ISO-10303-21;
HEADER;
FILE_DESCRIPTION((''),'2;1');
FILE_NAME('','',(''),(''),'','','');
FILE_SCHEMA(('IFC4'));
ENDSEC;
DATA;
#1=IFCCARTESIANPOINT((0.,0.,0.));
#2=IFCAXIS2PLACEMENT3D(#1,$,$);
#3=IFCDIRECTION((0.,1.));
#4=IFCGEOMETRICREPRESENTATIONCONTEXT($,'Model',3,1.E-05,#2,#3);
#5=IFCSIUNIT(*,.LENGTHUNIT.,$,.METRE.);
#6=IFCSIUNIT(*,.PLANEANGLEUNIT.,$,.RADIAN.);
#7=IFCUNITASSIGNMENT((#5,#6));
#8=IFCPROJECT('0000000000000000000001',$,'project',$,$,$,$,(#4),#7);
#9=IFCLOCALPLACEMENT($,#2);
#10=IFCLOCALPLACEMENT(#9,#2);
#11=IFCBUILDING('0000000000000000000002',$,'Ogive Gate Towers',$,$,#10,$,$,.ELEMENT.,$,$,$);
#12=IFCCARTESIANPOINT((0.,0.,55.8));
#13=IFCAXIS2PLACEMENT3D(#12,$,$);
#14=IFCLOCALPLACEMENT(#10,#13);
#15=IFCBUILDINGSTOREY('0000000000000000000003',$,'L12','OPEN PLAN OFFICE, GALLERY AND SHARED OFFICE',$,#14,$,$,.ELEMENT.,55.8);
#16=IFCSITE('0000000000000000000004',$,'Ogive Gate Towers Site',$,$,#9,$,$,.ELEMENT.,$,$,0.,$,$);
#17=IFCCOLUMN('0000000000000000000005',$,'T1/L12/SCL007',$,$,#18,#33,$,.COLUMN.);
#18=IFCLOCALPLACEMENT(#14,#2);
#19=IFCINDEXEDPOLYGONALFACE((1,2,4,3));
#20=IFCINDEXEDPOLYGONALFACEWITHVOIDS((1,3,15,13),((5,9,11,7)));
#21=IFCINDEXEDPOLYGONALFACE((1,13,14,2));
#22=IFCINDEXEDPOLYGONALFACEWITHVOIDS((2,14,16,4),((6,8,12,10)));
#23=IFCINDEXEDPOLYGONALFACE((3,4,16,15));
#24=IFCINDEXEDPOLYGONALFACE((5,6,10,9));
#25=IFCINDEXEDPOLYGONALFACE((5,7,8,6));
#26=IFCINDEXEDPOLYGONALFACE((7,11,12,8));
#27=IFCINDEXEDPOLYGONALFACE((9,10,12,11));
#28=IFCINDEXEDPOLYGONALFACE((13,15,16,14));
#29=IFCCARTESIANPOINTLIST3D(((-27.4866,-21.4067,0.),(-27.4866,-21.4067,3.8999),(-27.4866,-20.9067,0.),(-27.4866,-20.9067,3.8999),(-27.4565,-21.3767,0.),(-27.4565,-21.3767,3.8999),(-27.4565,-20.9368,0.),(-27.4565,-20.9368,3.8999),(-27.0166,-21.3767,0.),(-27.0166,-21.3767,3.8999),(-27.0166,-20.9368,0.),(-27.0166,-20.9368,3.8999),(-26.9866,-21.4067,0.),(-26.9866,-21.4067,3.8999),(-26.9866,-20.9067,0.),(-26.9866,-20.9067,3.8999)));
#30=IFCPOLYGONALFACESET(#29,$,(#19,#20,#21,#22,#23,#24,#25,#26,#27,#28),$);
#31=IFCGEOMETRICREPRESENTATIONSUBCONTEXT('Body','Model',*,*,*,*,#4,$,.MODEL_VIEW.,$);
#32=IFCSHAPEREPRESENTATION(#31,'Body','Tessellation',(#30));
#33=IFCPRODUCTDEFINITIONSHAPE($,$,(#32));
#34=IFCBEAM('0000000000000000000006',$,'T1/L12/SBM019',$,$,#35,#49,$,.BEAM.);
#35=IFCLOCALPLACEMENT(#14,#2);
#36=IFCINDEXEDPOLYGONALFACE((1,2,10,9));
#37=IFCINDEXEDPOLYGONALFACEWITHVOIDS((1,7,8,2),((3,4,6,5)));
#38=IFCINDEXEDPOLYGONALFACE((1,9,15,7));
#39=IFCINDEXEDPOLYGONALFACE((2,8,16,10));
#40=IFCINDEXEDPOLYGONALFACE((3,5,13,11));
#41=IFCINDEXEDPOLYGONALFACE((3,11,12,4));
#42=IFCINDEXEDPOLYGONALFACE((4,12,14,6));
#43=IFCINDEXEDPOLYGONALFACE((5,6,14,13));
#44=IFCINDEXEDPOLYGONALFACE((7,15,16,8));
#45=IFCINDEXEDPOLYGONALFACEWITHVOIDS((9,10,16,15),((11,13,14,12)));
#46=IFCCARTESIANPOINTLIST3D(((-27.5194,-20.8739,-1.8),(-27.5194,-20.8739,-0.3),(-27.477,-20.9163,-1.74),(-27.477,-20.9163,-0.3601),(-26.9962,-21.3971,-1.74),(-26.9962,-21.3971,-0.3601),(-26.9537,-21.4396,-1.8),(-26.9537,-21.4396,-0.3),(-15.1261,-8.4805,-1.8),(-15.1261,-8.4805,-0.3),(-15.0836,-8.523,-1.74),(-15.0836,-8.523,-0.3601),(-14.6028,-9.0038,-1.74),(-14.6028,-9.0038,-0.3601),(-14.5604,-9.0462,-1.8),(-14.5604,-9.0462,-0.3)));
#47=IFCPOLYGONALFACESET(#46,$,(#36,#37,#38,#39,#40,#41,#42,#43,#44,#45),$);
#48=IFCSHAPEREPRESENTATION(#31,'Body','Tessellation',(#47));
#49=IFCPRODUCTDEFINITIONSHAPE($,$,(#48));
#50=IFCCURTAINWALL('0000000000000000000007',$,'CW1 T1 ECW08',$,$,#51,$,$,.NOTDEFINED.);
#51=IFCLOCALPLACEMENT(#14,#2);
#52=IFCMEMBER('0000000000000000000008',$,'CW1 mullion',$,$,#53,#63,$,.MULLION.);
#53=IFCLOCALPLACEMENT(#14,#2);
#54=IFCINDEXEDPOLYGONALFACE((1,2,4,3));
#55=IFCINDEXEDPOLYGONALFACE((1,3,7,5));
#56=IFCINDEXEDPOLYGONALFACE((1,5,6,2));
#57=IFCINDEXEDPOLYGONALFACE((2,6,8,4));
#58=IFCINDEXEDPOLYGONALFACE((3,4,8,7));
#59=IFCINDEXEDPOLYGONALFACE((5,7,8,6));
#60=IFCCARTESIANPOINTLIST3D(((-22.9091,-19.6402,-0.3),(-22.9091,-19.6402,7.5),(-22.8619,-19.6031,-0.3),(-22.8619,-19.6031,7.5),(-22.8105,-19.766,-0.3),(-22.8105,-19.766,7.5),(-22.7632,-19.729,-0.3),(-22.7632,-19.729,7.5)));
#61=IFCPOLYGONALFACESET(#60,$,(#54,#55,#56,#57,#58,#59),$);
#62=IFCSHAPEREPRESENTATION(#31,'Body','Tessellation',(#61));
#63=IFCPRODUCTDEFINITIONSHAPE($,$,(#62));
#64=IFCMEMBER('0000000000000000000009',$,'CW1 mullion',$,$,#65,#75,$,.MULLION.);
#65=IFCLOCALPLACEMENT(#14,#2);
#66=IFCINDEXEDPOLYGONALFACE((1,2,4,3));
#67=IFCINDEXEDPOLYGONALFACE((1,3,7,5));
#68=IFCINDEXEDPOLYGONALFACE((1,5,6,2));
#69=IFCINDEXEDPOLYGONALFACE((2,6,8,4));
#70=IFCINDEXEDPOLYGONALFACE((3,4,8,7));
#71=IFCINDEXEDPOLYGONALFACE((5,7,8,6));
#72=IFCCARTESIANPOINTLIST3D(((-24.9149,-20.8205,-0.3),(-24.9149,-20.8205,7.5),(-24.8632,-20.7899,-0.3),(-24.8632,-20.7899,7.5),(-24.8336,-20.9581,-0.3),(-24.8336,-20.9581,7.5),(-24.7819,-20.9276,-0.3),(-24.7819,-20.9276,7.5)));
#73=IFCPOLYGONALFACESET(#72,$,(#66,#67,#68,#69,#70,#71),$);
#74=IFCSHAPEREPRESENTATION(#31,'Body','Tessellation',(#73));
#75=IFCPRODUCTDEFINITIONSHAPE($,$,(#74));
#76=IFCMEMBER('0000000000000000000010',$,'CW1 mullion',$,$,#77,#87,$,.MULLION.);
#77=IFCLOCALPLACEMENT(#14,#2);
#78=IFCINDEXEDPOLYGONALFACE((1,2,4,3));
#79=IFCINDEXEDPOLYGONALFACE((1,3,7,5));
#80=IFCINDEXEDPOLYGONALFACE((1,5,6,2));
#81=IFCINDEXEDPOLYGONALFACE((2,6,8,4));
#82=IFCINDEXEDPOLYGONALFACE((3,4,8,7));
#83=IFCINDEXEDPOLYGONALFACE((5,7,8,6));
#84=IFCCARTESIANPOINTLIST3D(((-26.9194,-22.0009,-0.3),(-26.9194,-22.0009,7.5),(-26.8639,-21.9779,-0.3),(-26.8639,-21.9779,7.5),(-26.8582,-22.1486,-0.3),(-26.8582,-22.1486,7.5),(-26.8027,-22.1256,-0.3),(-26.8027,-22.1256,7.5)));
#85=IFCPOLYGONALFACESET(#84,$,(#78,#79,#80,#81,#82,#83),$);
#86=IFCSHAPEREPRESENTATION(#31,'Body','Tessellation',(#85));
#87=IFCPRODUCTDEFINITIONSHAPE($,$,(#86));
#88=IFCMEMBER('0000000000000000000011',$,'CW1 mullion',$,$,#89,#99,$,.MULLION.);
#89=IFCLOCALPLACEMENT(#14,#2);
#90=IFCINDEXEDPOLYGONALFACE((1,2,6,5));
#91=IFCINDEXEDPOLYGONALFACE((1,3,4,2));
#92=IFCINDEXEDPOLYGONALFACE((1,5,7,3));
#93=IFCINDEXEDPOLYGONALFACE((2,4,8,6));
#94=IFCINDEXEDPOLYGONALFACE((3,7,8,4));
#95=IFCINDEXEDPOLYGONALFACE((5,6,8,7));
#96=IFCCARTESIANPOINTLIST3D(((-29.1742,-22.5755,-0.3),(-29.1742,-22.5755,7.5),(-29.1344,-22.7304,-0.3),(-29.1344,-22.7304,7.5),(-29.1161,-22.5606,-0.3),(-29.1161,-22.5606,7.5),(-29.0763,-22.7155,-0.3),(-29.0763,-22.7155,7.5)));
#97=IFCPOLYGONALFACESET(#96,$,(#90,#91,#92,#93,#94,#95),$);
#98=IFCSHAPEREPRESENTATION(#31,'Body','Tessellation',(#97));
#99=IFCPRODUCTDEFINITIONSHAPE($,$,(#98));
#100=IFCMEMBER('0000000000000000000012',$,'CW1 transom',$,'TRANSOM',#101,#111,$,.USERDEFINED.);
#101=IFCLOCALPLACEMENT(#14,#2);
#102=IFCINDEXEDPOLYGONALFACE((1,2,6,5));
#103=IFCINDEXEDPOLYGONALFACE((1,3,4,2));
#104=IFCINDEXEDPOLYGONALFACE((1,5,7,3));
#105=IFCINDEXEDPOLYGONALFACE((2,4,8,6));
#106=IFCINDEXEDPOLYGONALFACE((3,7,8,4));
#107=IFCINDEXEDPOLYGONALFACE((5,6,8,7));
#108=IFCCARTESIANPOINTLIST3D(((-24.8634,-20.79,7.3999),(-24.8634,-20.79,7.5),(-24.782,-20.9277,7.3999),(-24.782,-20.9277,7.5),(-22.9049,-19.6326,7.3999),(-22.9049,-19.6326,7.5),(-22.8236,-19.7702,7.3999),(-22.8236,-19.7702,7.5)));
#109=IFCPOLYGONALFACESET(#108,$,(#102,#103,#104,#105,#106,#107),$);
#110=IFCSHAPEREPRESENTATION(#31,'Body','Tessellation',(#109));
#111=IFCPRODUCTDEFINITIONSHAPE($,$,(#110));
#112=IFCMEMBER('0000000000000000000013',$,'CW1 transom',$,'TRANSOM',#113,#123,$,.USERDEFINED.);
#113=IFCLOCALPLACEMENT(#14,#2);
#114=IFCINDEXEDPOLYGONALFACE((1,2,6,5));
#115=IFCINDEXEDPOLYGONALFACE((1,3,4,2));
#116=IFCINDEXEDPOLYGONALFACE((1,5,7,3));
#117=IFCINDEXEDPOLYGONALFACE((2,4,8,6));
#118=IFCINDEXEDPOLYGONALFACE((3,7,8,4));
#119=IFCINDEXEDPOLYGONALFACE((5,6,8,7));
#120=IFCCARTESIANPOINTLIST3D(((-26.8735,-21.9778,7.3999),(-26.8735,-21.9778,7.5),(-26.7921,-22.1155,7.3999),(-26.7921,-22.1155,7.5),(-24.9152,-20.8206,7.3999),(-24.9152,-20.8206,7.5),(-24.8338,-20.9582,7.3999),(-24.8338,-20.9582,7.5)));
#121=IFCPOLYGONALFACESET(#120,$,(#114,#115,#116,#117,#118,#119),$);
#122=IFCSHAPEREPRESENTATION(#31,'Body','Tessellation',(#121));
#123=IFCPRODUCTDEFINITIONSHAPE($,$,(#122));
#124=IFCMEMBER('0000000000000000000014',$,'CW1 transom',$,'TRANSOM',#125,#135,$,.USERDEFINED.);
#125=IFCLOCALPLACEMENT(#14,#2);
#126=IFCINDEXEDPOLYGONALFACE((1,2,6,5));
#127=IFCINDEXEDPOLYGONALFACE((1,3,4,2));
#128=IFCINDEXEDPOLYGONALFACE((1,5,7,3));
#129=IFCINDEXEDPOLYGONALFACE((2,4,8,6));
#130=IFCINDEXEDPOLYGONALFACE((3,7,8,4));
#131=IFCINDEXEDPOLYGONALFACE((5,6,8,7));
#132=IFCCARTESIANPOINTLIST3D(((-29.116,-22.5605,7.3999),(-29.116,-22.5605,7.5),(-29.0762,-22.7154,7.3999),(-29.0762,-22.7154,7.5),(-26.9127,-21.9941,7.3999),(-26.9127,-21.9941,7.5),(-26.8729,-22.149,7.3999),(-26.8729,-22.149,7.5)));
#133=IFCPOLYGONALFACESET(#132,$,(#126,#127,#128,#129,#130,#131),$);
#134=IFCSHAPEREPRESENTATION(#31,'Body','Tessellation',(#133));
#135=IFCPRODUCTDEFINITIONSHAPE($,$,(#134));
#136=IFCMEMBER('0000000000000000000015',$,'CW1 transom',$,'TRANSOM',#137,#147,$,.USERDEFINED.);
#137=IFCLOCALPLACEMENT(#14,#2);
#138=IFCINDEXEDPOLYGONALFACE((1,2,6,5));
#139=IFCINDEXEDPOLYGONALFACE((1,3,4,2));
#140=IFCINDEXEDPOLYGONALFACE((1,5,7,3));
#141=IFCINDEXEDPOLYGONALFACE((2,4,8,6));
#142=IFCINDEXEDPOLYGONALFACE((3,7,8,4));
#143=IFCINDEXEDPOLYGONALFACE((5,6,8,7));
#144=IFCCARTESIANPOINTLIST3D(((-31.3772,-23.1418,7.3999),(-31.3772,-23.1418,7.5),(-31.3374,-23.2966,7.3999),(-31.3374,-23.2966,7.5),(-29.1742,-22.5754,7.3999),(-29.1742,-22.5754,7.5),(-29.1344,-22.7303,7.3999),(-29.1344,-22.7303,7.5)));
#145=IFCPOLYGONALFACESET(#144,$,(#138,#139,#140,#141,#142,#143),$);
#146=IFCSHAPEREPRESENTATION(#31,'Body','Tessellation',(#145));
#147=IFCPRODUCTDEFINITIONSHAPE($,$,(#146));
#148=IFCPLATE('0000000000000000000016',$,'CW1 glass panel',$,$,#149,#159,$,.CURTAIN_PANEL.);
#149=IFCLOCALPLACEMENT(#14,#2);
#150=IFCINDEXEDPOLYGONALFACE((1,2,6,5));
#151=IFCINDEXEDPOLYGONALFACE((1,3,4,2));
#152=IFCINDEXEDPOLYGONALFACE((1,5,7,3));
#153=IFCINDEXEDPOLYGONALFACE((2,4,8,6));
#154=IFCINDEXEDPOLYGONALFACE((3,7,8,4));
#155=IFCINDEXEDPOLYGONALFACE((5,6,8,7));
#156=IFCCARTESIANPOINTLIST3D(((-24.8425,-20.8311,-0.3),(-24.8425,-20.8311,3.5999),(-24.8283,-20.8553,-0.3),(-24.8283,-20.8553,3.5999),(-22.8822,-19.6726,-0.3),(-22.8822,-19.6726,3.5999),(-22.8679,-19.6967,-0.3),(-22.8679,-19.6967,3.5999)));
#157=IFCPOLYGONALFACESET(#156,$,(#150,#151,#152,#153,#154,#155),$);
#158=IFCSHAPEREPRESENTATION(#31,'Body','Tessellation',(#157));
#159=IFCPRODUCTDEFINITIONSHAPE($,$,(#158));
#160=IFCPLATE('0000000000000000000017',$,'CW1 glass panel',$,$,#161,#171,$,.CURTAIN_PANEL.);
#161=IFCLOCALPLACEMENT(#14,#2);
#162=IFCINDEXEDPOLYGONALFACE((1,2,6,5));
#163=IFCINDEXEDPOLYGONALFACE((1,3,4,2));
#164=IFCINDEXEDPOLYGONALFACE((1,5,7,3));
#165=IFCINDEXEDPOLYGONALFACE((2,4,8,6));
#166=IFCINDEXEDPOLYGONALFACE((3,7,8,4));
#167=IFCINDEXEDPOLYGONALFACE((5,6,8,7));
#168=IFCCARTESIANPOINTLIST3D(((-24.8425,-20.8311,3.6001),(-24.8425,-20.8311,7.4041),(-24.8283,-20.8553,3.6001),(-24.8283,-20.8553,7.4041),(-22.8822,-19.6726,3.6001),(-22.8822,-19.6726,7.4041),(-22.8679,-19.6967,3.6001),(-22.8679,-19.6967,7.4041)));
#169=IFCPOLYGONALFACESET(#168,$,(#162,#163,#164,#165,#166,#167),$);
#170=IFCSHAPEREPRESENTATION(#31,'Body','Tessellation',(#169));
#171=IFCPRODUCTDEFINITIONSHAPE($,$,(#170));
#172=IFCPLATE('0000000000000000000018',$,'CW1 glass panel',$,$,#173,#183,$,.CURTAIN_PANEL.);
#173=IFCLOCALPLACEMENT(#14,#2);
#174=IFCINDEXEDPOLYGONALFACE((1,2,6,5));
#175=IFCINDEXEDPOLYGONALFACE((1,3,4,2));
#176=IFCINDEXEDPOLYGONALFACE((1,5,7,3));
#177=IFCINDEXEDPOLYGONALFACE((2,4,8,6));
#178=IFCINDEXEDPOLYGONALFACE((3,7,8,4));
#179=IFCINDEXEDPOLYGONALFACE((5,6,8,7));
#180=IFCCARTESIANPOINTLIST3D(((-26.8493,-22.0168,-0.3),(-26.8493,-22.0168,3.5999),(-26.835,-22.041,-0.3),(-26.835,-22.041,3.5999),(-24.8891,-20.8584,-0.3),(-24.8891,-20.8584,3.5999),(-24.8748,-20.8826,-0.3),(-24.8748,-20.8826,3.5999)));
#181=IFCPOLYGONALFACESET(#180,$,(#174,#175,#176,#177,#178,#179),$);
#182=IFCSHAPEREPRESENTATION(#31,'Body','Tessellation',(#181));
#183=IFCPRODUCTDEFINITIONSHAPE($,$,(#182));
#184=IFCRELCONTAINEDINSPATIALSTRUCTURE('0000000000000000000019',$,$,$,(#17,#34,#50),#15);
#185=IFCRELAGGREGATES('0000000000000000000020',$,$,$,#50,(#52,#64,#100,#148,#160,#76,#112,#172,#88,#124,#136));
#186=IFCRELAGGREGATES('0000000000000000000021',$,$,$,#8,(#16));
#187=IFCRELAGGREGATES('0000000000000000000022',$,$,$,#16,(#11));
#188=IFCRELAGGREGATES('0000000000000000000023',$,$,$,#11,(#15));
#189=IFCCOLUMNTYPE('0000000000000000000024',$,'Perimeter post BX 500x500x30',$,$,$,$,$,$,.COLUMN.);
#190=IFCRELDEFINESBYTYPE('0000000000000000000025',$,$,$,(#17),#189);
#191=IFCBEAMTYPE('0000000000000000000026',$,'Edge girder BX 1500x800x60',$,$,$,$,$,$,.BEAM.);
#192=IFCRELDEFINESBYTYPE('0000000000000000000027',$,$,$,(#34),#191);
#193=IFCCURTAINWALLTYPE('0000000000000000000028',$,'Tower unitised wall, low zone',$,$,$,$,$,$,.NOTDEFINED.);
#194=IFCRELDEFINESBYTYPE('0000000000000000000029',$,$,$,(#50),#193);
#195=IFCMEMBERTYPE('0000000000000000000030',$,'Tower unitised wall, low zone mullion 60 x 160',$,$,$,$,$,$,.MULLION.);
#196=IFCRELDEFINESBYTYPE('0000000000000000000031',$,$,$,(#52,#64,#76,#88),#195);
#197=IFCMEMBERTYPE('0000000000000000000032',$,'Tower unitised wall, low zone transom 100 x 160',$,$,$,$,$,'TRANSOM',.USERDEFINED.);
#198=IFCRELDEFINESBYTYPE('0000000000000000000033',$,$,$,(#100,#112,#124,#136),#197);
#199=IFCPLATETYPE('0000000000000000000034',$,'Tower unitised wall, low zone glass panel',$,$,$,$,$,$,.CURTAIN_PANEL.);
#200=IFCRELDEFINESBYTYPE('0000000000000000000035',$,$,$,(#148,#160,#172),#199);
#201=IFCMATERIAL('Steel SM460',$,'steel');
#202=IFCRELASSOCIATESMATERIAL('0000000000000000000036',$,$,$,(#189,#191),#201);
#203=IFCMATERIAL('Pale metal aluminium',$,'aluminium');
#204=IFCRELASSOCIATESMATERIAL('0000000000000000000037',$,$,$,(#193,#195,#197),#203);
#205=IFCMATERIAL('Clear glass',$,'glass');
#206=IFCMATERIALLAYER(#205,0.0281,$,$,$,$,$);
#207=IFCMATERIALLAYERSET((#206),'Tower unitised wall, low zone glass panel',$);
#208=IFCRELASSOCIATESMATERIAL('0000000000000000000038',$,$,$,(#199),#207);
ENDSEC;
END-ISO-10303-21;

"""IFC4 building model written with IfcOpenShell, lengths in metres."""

from ifc_helpers import new_model, si_unit, direction, frame, origin, origin_2d, place, context, subcontext, project, spatial, rectangle, hollow_rectangle, extrude, material, layer, layer_set, material_profile, profile_set, type_object, element, aggregate, save


model = new_model("IFC4")

# Units and contexts
model_context = context("Model", 3, precision=1e-05, world=origin(), true_north=direction((0.0, 1.0)))
body_context = subcontext(model_context, "Body", "Model", "MODEL_VIEW")
ifc_project = project(units=[si_unit("LENGTHUNIT", "METRE"), si_unit("PLANEANGLEUNIT", "RADIAN")], contexts=[model_context])

# Site, building, storey
site_placement = place(None, origin())
site = spatial("IfcSite", under=ifc_project, at=site_placement, Name="Ogive Gate Towers Site", CompositionType="ELEMENT", RefElevation=0.0)
building_placement = place(site_placement, origin())
building = spatial("IfcBuilding", under=site, at=building_placement, Name="Ogive Gate Towers", CompositionType="ELEMENT")
storey_placement = place(building_placement, frame((0.0, 0.0, 55.8)))
storey = spatial("IfcBuildingStorey", under=building, at=storey_placement, Name="L12", Description="OPEN PLAN OFFICE, GALLERY AND SHARED OFFICE", CompositionType="ELEMENT", Elevation=55.8)

# Column
ifc_material_1 = material(Name="Steel SM460", Category="steel")
ifc_material_profile_1 = material_profile(ifc_material_1, hollow_rectangle(XDim=0.5, YDim=0.5, WallThickness=0.03, at=origin_2d()), Name="BX 500x500x30")
ifc_profile_set_1 = profile_set([ifc_material_profile_1], Name="Steel SM460")
column_type = type_object("IfcColumnType", Name="Perimeter post BX 500x500x30", PredefinedType="COLUMN", material=ifc_profile_set_1)
column_placement = place(storey_placement, frame((-27.2366, -21.1567, 0.0), z_axis=(0.0, 0.0, 1.0), x_axis=(1.0, 0.0, 0.0)))
element("IfcColumn", 1, at=column_placement, inside=storey, type_object=column_type, Name="T1/L12/SCL007", PredefinedType="COLUMN", context=body_context, shape_type="SweptSolid", body=[
    extrude(hollow_rectangle(XDim=0.5, YDim=0.5, WallThickness=0.03, at=origin_2d()), origin(), (0.0, 0.0, 1.0), 3.8999),
])

# Beam
ifc_material_profile_2 = material_profile(ifc_material_1, hollow_rectangle(XDim=0.8, YDim=1.5, WallThickness=0.0601, at=origin_2d()), Name="BX 1500x800x60")
ifc_profile_set_2 = profile_set([ifc_material_profile_2], Name="Steel SM460")
beam_type = type_object("IfcBeamType", Name="Edge girder BX 1500x800x60", PredefinedType="BEAM", material=ifc_profile_set_2)
beam_placement = place(storey_placement, frame((-27.2366, -21.1567, -1.05), z_axis=(0.707107, 0.707107, 0.0), x_axis=(-0.707107, 0.707107, 0.0)))
element("IfcBeam", 2, at=beam_placement, inside=storey, type_object=beam_type, Name="T1/L12/SBM019", PredefinedType="BEAM", context=body_context, shape_type="SweptSolid", body=[
    extrude(hollow_rectangle(XDim=0.8, YDim=1.5, WallThickness=0.0601, at=origin_2d()), origin(), (0.0, 0.0, 1.0), 17.5269),
])

# Curtain wall, members, plates
ifc_material_2 = material(Name="Pale metal aluminium", Category="aluminium")
curtain_wall_type = type_object("IfcCurtainWallType", Name="Tower unitised wall, low zone", PredefinedType="NOTDEFINED", material=ifc_material_2)
curtain_wall_placement = place(storey_placement, origin())
curtain_wall = element("IfcCurtainWall", 3, at=curtain_wall_placement, inside=storey, type_object=curtain_wall_type, Name="CW1 T1 ECW08", PredefinedType="NOTDEFINED")
ifc_material_profile_3 = material_profile(ifc_material_2, rectangle(XDim=0.1599, YDim=0.0601, at=origin_2d()), Name="60 x 160 aluminium box")
ifc_profile_set_3 = profile_set([ifc_material_profile_3], Name="Pale metal aluminium")
member_type_1 = type_object("IfcMemberType", Name="Tower unitised wall, low zone mullion 60 x 160", PredefinedType="MULLION", material=ifc_profile_set_3)
member_1_placement = place(storey_placement, frame((-22.8362, -19.6846, -0.3), z_axis=(0.0, 0.0, 1.0), x_axis=(-0.616857, 0.787075, 0.0)))
member_1 = element("IfcMember", 4, at=member_1_placement, type_object=member_type_1, Name="CW1 mullion", PredefinedType="MULLION", context=body_context, shape_type="SweptSolid", body=[
    extrude(rectangle(XDim=0.1599, YDim=0.0601, at=origin_2d()), origin(), (0.0, 0.0, 1.0), 7.8),
])
member_2_placement = place(storey_placement, frame((-24.8484, -20.874, -0.3), z_axis=(0.0, 0.0, 1.0), x_axis=(-0.508771, 0.860902, 0.0)))
member_2 = element("IfcMember", 5, at=member_2_placement, type_object=member_type_1, Name="CW1 mullion", PredefinedType="MULLION", context=body_context, shape_type="SweptSolid", body=[
    extrude(rectangle(XDim=0.1599, YDim=0.0601, at=origin_2d()), origin(), (0.0, 0.0, 1.0), 7.8),
])
member_3_placement = place(storey_placement, frame((-26.8611, -22.0632, -0.3), z_axis=(0.0, 0.0, 1.0), x_axis=(-0.382683, 0.92388, 0.0)))
member_3 = element("IfcMember", 6, at=member_3_placement, type_object=member_type_1, Name="CW1 mullion", PredefinedType="MULLION", context=body_context, shape_type="SweptSolid", body=[
    extrude(rectangle(XDim=0.1599, YDim=0.0601, at=origin_2d()), origin(), (0.0, 0.0, 1.0), 7.8),
])
member_4_placement = place(storey_placement, frame((-29.1252, -22.6455, -0.3), z_axis=(0.0, 0.0, 1.0), x_axis=(-0.248977, 0.968509, 0.0)))
member_4 = element("IfcMember", 7, at=member_4_placement, type_object=member_type_1, Name="CW1 mullion", PredefinedType="MULLION", context=body_context, shape_type="SweptSolid", body=[
    extrude(rectangle(XDim=0.1599, YDim=0.0601, at=origin_2d()), origin(), (0.0, 0.0, 1.0), 7.8),
])
ifc_material_profile_4 = material_profile(ifc_material_2, rectangle(XDim=0.1599, YDim=0.1001, at=origin_2d()), Name="100 x 160 aluminium box")
ifc_profile_set_4 = profile_set([ifc_material_profile_4], Name="Pale metal aluminium")
member_type_2 = type_object("IfcMemberType", Name="Tower unitised wall, low zone transom 100 x 160", ElementType="TRANSOM", PredefinedType="USERDEFINED", material=ifc_profile_set_4)
member_5_placement = place(storey_placement, frame((-22.8643, -19.7014, 7.45), z_axis=(-0.860892, -0.508787, 0.0), x_axis=(0.508787, -0.860892, 0.0)))
member_5 = element("IfcMember", 8, at=member_5_placement, type_object=member_type_2, Name="CW1 transom", ObjectType="TRANSOM", PredefinedType="USERDEFINED", context=body_context, shape_type="SweptSolid", body=[
    extrude(rectangle(XDim=0.1599, YDim=0.1001, at=origin_2d()), origin(), (0.0, 0.0, 1.0), 2.2749),
])
member_6_placement = place(storey_placement, frame((-24.8745, -20.8894, 7.45), z_axis=(-0.860912, -0.508755, 0.0), x_axis=(0.508755, -0.860912, 0.0)))
member_6 = element("IfcMember", 9, at=member_6_placement, type_object=member_type_2, Name="CW1 transom", ObjectType="TRANSOM", PredefinedType="USERDEFINED", context=body_context, shape_type="SweptSolid", body=[
    extrude(rectangle(XDim=0.1599, YDim=0.1001, at=origin_2d()), origin(), (0.0, 0.0, 1.0), 2.2747),
])
member_7_placement = place(storey_placement, frame((-26.8928, -22.0715, 7.45), z_axis=(-0.968511, -0.248969, 0.0), x_axis=(0.248969, -0.968511, 0.0)))
member_7 = element("IfcMember", 10, at=member_7_placement, type_object=member_type_2, Name="CW1 transom", ObjectType="TRANSOM", PredefinedType="USERDEFINED", context=body_context, shape_type="SweptSolid", body=[
    extrude(rectangle(XDim=0.1599, YDim=0.1001, at=origin_2d()), origin(), (0.0, 0.0, 1.0), 2.2749),
])
member_8_placement = place(storey_placement, frame((-29.1543, -22.6528, 7.45), z_axis=(-0.968505, -0.248995, 0.0), x_axis=(0.248995, -0.968505, 0.0)))
member_8 = element("IfcMember", 11, at=member_8_placement, type_object=member_type_2, Name="CW1 transom", ObjectType="TRANSOM", PredefinedType="USERDEFINED", context=body_context, shape_type="SweptSolid", body=[
    extrude(rectangle(XDim=0.1599, YDim=0.1001, at=origin_2d()), origin(), (0.0, 0.0, 1.0), 2.2747),
])
ifc_material_3 = material(Name="Clear glass", Category="glass")
ifc_layer_1 = layer(ifc_material_3, 0.0281)
ifc_layer_set_1 = layer_set([ifc_layer_1], Name="Tower unitised wall, low zone glass panel")
plate_type = type_object("IfcPlateType", Name="Tower unitised wall, low zone glass panel", PredefinedType="CURTAIN_PANEL", material=ifc_layer_set_1)
plate_1_placement = place(storey_placement, frame((-23.8552, -20.2639, -0.3), z_axis=(0.0, 0.0, 1.0), x_axis=(-0.860902, -0.508771, 0.0)))
plate_1 = element("IfcPlate", 12, at=plate_1_placement, type_object=plate_type, Name="CW1 glass panel", PredefinedType="CURTAIN_PANEL", context=body_context, shape_type="SweptSolid", body=[
    extrude(rectangle(XDim=2.2771, YDim=0.0281, at=origin_2d()), origin(), (0.0, 0.0, 1.0), 3.8999),
])
plate_2_placement = place(storey_placement, frame((-23.8552, -20.2639, 3.6001), z_axis=(0.0, 0.0, 1.0), x_axis=(-0.860902, -0.508771, 0.0)))
plate_2 = element("IfcPlate", 13, at=plate_2_placement, type_object=plate_type, Name="CW1 glass panel", PredefinedType="CURTAIN_PANEL", context=body_context, shape_type="SweptSolid", body=[
    extrude(rectangle(XDim=2.2771, YDim=0.0281, at=origin_2d()), origin(), (0.0, 0.0, 1.0), 3.804),
])
plate_3_placement = place(storey_placement, frame((-25.8621, -21.4497, -0.3), z_axis=(0.0, 0.0, 1.0), x_axis=(-0.860902, -0.508771, 0.0)))
plate_3 = element("IfcPlate", 14, at=plate_3_placement, type_object=plate_type, Name="CW1 glass panel", PredefinedType="CURTAIN_PANEL", context=body_context, shape_type="SweptSolid", body=[
    extrude(rectangle(XDim=2.2769, YDim=0.0281, at=origin_2d()), origin(), (0.0, 0.0, 1.0), 3.8999),
])
aggregate(curtain_wall, [member_1, member_2, member_5, plate_1, plate_2, member_3, member_6, plate_3, member_4, member_7, member_8])

save(model, "model.ifc")
